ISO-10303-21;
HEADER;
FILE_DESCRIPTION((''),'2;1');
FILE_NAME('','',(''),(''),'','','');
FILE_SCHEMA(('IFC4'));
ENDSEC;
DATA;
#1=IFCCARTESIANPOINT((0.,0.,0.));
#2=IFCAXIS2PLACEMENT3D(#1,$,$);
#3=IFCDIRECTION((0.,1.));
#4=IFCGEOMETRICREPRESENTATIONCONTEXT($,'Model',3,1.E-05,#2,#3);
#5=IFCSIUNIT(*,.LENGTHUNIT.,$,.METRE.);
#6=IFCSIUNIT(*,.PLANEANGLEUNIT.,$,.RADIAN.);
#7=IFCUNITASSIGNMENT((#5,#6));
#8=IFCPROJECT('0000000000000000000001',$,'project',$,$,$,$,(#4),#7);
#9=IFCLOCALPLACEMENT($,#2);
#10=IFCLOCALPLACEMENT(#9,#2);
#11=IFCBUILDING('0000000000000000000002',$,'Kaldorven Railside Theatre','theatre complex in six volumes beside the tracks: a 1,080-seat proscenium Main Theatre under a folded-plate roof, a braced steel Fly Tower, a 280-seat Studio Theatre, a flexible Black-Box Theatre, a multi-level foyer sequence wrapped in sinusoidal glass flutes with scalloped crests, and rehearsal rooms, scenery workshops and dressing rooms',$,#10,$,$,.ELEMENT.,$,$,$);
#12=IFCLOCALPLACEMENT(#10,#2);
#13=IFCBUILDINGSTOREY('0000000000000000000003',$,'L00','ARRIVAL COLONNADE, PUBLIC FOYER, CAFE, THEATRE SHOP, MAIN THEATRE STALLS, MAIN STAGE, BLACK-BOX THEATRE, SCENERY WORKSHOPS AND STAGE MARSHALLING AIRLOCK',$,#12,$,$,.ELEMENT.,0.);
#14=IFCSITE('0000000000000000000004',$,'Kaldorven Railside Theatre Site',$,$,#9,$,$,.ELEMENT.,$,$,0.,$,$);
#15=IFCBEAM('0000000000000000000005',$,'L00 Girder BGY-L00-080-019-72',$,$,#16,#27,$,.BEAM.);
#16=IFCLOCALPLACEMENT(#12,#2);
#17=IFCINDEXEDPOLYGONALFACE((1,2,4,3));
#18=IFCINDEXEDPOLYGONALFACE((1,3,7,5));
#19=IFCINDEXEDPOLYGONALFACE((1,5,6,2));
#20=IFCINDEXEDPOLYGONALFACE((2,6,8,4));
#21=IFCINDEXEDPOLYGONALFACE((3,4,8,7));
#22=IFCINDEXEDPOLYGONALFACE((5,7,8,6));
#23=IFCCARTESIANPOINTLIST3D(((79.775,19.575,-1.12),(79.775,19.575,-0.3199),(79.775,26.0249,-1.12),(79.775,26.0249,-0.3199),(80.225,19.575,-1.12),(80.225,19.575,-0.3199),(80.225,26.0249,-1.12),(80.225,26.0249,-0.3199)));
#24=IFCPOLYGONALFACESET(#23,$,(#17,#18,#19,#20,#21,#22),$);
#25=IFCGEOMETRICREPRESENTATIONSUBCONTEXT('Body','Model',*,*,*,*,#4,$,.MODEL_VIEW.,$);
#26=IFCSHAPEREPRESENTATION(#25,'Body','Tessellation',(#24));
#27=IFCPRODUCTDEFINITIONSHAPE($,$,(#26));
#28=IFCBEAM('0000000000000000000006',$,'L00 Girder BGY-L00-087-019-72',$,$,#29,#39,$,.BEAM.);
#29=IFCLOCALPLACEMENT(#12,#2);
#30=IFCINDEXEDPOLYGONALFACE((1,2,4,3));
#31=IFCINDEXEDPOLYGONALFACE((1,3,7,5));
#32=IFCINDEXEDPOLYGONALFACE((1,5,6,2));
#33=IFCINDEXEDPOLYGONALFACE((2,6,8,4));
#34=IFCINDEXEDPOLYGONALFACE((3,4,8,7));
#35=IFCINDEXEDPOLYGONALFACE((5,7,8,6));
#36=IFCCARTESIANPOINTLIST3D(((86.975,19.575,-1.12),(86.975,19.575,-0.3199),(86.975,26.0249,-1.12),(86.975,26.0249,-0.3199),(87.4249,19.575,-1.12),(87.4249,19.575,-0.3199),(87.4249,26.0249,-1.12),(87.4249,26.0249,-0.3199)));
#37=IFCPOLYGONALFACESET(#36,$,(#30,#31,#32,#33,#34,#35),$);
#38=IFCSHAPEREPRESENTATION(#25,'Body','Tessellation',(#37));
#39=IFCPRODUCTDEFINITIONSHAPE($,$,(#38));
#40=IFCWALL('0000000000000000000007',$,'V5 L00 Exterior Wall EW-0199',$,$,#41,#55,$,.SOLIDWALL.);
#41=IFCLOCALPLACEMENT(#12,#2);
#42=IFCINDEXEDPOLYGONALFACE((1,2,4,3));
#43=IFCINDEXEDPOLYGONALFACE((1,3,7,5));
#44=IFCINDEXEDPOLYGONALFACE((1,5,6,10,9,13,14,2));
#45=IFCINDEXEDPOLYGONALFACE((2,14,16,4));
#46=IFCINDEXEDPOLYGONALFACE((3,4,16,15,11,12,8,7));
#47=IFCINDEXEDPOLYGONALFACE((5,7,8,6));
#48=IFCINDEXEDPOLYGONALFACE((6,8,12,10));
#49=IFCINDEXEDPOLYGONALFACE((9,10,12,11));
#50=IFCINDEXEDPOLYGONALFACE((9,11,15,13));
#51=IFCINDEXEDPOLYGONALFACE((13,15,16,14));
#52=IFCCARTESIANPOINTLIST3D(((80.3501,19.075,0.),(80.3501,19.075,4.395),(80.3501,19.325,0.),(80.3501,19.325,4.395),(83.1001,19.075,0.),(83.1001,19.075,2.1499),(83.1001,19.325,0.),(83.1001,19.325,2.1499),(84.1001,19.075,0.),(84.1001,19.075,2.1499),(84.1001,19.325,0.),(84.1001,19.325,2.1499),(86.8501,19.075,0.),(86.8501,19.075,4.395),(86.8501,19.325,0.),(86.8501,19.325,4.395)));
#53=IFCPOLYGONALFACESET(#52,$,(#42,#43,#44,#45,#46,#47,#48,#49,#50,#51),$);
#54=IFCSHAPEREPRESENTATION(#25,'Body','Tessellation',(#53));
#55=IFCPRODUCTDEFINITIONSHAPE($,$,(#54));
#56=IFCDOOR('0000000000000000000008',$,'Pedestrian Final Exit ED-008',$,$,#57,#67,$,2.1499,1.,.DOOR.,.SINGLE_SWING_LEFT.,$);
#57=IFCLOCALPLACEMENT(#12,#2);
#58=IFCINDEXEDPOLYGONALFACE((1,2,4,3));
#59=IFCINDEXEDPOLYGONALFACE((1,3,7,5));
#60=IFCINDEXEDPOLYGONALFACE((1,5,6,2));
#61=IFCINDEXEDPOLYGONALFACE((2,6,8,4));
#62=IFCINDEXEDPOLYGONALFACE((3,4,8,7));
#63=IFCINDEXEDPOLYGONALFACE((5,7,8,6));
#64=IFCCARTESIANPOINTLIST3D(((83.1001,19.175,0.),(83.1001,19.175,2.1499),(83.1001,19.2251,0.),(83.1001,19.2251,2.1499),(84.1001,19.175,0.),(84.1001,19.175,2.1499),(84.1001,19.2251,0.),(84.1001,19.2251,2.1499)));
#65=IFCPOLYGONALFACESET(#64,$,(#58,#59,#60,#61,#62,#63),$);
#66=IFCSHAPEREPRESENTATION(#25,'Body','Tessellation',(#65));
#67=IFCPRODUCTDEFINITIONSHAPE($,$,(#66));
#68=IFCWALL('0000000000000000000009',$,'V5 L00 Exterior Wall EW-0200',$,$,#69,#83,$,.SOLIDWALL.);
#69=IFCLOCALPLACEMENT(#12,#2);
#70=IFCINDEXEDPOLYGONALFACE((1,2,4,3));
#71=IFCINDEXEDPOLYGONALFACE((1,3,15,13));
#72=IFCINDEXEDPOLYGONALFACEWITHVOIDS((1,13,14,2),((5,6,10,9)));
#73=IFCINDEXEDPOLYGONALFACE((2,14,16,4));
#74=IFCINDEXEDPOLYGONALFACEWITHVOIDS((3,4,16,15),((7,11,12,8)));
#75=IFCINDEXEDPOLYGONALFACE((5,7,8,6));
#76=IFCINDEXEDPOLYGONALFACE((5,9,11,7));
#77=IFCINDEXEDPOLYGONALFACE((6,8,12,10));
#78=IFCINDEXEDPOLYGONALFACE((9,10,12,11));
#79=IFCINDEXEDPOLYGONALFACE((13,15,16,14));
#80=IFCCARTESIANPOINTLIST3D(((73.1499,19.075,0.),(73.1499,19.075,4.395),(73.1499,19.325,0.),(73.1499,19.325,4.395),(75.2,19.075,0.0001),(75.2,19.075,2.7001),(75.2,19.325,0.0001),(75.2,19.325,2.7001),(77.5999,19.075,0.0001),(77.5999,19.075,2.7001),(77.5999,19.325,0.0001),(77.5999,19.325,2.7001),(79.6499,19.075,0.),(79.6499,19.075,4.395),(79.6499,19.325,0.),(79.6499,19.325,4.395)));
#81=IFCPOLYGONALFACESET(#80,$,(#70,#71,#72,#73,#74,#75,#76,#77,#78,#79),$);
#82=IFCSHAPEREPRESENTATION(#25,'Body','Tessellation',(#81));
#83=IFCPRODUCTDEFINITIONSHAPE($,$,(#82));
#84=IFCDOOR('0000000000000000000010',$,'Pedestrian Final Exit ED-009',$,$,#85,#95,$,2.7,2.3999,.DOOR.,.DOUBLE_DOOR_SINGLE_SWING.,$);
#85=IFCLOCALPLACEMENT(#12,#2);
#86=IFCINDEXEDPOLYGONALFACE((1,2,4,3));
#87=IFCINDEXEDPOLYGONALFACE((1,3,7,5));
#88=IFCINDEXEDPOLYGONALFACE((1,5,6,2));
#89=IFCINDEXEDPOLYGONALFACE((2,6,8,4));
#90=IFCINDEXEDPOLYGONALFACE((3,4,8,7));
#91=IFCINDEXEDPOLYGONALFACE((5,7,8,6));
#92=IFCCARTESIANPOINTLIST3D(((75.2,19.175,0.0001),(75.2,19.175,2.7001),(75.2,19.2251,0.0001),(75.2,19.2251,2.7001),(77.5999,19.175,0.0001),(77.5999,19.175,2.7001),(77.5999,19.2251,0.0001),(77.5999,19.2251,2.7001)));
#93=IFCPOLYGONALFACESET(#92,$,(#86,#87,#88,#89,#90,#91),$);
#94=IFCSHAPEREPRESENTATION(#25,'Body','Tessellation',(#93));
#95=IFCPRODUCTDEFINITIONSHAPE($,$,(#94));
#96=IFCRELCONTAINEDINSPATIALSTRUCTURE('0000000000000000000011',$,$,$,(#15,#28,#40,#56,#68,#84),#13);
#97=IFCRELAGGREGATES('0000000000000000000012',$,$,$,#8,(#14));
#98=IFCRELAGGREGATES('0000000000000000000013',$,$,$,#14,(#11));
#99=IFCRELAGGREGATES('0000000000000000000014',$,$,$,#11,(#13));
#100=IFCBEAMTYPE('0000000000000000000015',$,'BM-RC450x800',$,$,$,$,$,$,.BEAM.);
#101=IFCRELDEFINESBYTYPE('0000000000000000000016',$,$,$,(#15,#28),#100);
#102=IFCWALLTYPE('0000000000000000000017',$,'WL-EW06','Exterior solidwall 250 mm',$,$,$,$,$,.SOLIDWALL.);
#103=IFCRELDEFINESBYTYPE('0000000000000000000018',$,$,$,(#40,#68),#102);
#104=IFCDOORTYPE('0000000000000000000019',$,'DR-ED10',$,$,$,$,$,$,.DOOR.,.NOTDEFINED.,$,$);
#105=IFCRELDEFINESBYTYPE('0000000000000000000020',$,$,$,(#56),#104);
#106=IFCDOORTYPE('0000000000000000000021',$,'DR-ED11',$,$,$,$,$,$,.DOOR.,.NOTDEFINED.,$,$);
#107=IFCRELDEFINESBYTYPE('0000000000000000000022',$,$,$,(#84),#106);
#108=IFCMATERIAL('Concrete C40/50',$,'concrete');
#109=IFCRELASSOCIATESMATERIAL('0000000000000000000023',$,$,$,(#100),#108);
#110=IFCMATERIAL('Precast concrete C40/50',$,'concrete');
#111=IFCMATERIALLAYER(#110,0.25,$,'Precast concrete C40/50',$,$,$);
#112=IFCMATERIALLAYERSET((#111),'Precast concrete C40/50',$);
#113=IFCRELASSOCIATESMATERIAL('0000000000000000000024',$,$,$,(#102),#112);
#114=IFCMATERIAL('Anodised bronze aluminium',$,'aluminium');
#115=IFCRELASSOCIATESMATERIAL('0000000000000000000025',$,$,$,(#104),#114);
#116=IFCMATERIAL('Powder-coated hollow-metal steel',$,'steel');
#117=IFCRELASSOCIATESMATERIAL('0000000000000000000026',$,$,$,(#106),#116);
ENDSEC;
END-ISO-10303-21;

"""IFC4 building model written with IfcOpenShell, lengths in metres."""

from ifc_helpers import new_model, si_unit, direction, frame, frame_2d, origin, origin_2d, place, context, subcontext, project, spatial, rectangle, extrude, material, layer, layer_set, material_profile, profile_set, type_object, element, fill, save


model = new_model("IFC4")

# Units and contexts
model_context = context("Model", 3, precision=1e-05, world=origin(), true_north=direction((0.0, 1.0)))
body_context = subcontext(model_context, "Body", "Model", "MODEL_VIEW")
ifc_project = project(units=[si_unit("LENGTHUNIT", "METRE"), si_unit("PLANEANGLEUNIT", "RADIAN")], contexts=[model_context])

# Site, building, storey
site_placement = place(None, origin())
site = spatial("IfcSite", under=ifc_project, at=site_placement, Name="Kaldorven Railside Theatre Site", CompositionType="ELEMENT", RefElevation=0.0)
building_placement = place(site_placement, origin())
building = spatial("IfcBuilding", under=site, at=building_placement, Name="Kaldorven Railside Theatre", Description="theatre complex in six volumes beside the tracks: a 1,080-seat proscenium Main Theatre under a folded-plate roof, a braced steel Fly Tower, a 280-seat Studio Theatre, a flexible Black-Box Theatre, a multi-level foyer sequence wrapped in sinusoidal glass flutes with scalloped crests, and rehearsal rooms, scenery workshops and dressing rooms", CompositionType="ELEMENT")
storey_placement = place(building_placement, origin())
storey = spatial("IfcBuildingStorey", under=building, at=storey_placement, Name="L00", Description="ARRIVAL COLONNADE, PUBLIC FOYER, CAFE, THEATRE SHOP, MAIN THEATRE STALLS, MAIN STAGE, BLACK-BOX THEATRE, SCENERY WORKSHOPS AND STAGE MARSHALLING AIRLOCK", CompositionType="ELEMENT", Elevation=0.0)

# Shared definitions
ifc_material_1 = material(Name="Concrete C40/50", Category="concrete")

# Beams
ifc_material_profile_1 = material_profile(ifc_material_1, rectangle(XDim=0.45, YDim=0.8, at=origin_2d()), Name="RC 450x800")
ifc_profile_set_1 = profile_set([ifc_material_profile_1], Name="Concrete C40/50")
beam_type_1 = type_object("IfcBeamType", Name="BM-RC450x800", PredefinedType="BEAM", material=ifc_profile_set_1)
for number, where, z_axis, x_axis, name in (
    (1, (80.0, 19.575, -0.72), (0.0, 1.0, 0.0), (-1.0, 0.0, 0.0), "L00 Girder BGY-L00-080-019-72"),
    (2, (87.2, 19.575, -0.72), (0.0, 1.0, 0.0), (-1.0, 0.0, 0.0), "L00 Girder BGY-L00-087-019-72"),
):
    element("IfcBeam", number, at=place(storey_placement, frame(where, z_axis=z_axis, x_axis=x_axis)), inside=storey, type_object=beam_type_1, Name=name, PredefinedType="BEAM", context=body_context, shape_type="SweptSolid", body=[
        extrude(rectangle(XDim=0.45, YDim=0.8, at=origin_2d()), origin(), (0.0, 0.0, 1.0), 6.45),
    ])

# Walls, openings, doors
ifc_material_2 = material(Name="Precast concrete C40/50", Category="concrete")
ifc_layer = layer(ifc_material_2, 0.25, Name="Precast concrete C40/50")
ifc_layer_set = layer_set([ifc_layer], Name="Precast concrete C40/50")
wall_type = type_object("IfcWallType", Name="WL-EW06", Description="Exterior solidwall 250 mm", PredefinedType="SOLIDWALL", material=ifc_layer_set)
wall_1_placement = place(storey_placement, frame((86.8501, 19.2, 0.0), z_axis=(0.0, 0.0, 1.0), x_axis=(-1.0, 0.0, 0.0)))
wall_1 = element("IfcWall", 3, at=wall_1_placement, inside=storey, type_object=wall_type, Name="V5 L00 Exterior Wall EW-0199", PredefinedType="SOLIDWALL", context=body_context, shape_type="SweptSolid", body=[
    extrude(rectangle(XDim=6.5, YDim=0.25, at=frame_2d((3.25, 0.0))), origin(), (0.0, 0.0, 1.0), 4.395),
])
opening_1_placement = place(wall_1_placement, frame((2.75, 0.0, 0.0)))
opening_1 = element("IfcOpeningElement", 4, at=opening_1_placement, cuts=wall_1, PredefinedType="OPENING", context=body_context, shape_type="SweptSolid", body=[
    extrude(rectangle(XDim=1.0, YDim=2.1499, at=frame_2d((0.5, 1.075))), frame((0.0, 0.135, 0.0), z_axis=(0.0, -1.0, 0.0), x_axis=(1.0, 0.0, 0.0)), (0.0, 0.0, 1.0), 0.27),
])
ifc_material_3 = material(Name="Anodised bronze aluminium", Category="aluminium")
door_type_1 = type_object("IfcDoorType", Name="DR-ED10", OperationType="NOTDEFINED", PredefinedType="DOOR", material=ifc_material_3)
door_1_placement = place(opening_1_placement, origin())
door_1 = element("IfcDoor", 5, at=door_1_placement, inside=storey, type_object=door_type_1, Name="Pedestrian Final Exit ED-008", OperationType="SINGLE_SWING_LEFT", OverallHeight=2.1499, OverallWidth=1.0, PredefinedType="DOOR", context=body_context, shape_type="SweptSolid", body=[
    extrude(rectangle(XDim=1.0, YDim=2.1499, at=frame_2d((0.5, 1.075))), frame((0.0, 0.0249, 0.0), z_axis=(0.0, -1.0, 0.0), x_axis=(1.0, 0.0, 0.0)), (0.0, 0.0, 1.0), 0.05),
])
fill(opening_1, door_1)
wall_2_placement = place(storey_placement, frame((79.6499, 19.2, 0.0), z_axis=(0.0, 0.0, 1.0), x_axis=(-1.0, 0.0, 0.0)))
wall_2 = element("IfcWall", 6, at=wall_2_placement, inside=storey, type_object=wall_type, Name="V5 L00 Exterior Wall EW-0200", PredefinedType="SOLIDWALL", context=body_context, shape_type="SweptSolid", body=[
    extrude(rectangle(XDim=6.5, YDim=0.25, at=frame_2d((3.25, 0.0))), origin(), (0.0, 0.0, 1.0), 4.395),
])
opening_2_placement = place(wall_2_placement, frame((2.05, 0.0, 0.0)))
opening_2 = element("IfcOpeningElement", 7, at=opening_2_placement, cuts=wall_2, PredefinedType="OPENING", context=body_context, shape_type="SweptSolid", body=[
    extrude(rectangle(XDim=2.3999, YDim=2.7, at=frame_2d((1.2, 1.3501))), frame((0.0, 0.135, 0.0), z_axis=(0.0, -1.0, 0.0), x_axis=(1.0, 0.0, 0.0)), (0.0, 0.0, 1.0), 0.27),
])
ifc_material_4 = material(Name="Powder-coated hollow-metal steel", Category="steel")
door_type_2 = type_object("IfcDoorType", Name="DR-ED11", OperationType="NOTDEFINED", PredefinedType="DOOR", material=ifc_material_4)
door_2_placement = place(opening_2_placement, origin())
door_2 = element("IfcDoor", 8, at=door_2_placement, inside=storey, type_object=door_type_2, Name="Pedestrian Final Exit ED-009", OperationType="DOUBLE_DOOR_SINGLE_SWING", OverallHeight=2.7, OverallWidth=2.3999, PredefinedType="DOOR", context=body_context, shape_type="SweptSolid", body=[
    extrude(rectangle(XDim=2.3999, YDim=2.7, at=frame_2d((1.2, 1.3501))), frame((0.0, 0.0249, 0.0), z_axis=(0.0, -1.0, 0.0), x_axis=(1.0, 0.0, 0.0)), (0.0, 0.0, 1.0), 0.05),
])
fill(opening_2, door_2)

save(model, "model.ifc")
